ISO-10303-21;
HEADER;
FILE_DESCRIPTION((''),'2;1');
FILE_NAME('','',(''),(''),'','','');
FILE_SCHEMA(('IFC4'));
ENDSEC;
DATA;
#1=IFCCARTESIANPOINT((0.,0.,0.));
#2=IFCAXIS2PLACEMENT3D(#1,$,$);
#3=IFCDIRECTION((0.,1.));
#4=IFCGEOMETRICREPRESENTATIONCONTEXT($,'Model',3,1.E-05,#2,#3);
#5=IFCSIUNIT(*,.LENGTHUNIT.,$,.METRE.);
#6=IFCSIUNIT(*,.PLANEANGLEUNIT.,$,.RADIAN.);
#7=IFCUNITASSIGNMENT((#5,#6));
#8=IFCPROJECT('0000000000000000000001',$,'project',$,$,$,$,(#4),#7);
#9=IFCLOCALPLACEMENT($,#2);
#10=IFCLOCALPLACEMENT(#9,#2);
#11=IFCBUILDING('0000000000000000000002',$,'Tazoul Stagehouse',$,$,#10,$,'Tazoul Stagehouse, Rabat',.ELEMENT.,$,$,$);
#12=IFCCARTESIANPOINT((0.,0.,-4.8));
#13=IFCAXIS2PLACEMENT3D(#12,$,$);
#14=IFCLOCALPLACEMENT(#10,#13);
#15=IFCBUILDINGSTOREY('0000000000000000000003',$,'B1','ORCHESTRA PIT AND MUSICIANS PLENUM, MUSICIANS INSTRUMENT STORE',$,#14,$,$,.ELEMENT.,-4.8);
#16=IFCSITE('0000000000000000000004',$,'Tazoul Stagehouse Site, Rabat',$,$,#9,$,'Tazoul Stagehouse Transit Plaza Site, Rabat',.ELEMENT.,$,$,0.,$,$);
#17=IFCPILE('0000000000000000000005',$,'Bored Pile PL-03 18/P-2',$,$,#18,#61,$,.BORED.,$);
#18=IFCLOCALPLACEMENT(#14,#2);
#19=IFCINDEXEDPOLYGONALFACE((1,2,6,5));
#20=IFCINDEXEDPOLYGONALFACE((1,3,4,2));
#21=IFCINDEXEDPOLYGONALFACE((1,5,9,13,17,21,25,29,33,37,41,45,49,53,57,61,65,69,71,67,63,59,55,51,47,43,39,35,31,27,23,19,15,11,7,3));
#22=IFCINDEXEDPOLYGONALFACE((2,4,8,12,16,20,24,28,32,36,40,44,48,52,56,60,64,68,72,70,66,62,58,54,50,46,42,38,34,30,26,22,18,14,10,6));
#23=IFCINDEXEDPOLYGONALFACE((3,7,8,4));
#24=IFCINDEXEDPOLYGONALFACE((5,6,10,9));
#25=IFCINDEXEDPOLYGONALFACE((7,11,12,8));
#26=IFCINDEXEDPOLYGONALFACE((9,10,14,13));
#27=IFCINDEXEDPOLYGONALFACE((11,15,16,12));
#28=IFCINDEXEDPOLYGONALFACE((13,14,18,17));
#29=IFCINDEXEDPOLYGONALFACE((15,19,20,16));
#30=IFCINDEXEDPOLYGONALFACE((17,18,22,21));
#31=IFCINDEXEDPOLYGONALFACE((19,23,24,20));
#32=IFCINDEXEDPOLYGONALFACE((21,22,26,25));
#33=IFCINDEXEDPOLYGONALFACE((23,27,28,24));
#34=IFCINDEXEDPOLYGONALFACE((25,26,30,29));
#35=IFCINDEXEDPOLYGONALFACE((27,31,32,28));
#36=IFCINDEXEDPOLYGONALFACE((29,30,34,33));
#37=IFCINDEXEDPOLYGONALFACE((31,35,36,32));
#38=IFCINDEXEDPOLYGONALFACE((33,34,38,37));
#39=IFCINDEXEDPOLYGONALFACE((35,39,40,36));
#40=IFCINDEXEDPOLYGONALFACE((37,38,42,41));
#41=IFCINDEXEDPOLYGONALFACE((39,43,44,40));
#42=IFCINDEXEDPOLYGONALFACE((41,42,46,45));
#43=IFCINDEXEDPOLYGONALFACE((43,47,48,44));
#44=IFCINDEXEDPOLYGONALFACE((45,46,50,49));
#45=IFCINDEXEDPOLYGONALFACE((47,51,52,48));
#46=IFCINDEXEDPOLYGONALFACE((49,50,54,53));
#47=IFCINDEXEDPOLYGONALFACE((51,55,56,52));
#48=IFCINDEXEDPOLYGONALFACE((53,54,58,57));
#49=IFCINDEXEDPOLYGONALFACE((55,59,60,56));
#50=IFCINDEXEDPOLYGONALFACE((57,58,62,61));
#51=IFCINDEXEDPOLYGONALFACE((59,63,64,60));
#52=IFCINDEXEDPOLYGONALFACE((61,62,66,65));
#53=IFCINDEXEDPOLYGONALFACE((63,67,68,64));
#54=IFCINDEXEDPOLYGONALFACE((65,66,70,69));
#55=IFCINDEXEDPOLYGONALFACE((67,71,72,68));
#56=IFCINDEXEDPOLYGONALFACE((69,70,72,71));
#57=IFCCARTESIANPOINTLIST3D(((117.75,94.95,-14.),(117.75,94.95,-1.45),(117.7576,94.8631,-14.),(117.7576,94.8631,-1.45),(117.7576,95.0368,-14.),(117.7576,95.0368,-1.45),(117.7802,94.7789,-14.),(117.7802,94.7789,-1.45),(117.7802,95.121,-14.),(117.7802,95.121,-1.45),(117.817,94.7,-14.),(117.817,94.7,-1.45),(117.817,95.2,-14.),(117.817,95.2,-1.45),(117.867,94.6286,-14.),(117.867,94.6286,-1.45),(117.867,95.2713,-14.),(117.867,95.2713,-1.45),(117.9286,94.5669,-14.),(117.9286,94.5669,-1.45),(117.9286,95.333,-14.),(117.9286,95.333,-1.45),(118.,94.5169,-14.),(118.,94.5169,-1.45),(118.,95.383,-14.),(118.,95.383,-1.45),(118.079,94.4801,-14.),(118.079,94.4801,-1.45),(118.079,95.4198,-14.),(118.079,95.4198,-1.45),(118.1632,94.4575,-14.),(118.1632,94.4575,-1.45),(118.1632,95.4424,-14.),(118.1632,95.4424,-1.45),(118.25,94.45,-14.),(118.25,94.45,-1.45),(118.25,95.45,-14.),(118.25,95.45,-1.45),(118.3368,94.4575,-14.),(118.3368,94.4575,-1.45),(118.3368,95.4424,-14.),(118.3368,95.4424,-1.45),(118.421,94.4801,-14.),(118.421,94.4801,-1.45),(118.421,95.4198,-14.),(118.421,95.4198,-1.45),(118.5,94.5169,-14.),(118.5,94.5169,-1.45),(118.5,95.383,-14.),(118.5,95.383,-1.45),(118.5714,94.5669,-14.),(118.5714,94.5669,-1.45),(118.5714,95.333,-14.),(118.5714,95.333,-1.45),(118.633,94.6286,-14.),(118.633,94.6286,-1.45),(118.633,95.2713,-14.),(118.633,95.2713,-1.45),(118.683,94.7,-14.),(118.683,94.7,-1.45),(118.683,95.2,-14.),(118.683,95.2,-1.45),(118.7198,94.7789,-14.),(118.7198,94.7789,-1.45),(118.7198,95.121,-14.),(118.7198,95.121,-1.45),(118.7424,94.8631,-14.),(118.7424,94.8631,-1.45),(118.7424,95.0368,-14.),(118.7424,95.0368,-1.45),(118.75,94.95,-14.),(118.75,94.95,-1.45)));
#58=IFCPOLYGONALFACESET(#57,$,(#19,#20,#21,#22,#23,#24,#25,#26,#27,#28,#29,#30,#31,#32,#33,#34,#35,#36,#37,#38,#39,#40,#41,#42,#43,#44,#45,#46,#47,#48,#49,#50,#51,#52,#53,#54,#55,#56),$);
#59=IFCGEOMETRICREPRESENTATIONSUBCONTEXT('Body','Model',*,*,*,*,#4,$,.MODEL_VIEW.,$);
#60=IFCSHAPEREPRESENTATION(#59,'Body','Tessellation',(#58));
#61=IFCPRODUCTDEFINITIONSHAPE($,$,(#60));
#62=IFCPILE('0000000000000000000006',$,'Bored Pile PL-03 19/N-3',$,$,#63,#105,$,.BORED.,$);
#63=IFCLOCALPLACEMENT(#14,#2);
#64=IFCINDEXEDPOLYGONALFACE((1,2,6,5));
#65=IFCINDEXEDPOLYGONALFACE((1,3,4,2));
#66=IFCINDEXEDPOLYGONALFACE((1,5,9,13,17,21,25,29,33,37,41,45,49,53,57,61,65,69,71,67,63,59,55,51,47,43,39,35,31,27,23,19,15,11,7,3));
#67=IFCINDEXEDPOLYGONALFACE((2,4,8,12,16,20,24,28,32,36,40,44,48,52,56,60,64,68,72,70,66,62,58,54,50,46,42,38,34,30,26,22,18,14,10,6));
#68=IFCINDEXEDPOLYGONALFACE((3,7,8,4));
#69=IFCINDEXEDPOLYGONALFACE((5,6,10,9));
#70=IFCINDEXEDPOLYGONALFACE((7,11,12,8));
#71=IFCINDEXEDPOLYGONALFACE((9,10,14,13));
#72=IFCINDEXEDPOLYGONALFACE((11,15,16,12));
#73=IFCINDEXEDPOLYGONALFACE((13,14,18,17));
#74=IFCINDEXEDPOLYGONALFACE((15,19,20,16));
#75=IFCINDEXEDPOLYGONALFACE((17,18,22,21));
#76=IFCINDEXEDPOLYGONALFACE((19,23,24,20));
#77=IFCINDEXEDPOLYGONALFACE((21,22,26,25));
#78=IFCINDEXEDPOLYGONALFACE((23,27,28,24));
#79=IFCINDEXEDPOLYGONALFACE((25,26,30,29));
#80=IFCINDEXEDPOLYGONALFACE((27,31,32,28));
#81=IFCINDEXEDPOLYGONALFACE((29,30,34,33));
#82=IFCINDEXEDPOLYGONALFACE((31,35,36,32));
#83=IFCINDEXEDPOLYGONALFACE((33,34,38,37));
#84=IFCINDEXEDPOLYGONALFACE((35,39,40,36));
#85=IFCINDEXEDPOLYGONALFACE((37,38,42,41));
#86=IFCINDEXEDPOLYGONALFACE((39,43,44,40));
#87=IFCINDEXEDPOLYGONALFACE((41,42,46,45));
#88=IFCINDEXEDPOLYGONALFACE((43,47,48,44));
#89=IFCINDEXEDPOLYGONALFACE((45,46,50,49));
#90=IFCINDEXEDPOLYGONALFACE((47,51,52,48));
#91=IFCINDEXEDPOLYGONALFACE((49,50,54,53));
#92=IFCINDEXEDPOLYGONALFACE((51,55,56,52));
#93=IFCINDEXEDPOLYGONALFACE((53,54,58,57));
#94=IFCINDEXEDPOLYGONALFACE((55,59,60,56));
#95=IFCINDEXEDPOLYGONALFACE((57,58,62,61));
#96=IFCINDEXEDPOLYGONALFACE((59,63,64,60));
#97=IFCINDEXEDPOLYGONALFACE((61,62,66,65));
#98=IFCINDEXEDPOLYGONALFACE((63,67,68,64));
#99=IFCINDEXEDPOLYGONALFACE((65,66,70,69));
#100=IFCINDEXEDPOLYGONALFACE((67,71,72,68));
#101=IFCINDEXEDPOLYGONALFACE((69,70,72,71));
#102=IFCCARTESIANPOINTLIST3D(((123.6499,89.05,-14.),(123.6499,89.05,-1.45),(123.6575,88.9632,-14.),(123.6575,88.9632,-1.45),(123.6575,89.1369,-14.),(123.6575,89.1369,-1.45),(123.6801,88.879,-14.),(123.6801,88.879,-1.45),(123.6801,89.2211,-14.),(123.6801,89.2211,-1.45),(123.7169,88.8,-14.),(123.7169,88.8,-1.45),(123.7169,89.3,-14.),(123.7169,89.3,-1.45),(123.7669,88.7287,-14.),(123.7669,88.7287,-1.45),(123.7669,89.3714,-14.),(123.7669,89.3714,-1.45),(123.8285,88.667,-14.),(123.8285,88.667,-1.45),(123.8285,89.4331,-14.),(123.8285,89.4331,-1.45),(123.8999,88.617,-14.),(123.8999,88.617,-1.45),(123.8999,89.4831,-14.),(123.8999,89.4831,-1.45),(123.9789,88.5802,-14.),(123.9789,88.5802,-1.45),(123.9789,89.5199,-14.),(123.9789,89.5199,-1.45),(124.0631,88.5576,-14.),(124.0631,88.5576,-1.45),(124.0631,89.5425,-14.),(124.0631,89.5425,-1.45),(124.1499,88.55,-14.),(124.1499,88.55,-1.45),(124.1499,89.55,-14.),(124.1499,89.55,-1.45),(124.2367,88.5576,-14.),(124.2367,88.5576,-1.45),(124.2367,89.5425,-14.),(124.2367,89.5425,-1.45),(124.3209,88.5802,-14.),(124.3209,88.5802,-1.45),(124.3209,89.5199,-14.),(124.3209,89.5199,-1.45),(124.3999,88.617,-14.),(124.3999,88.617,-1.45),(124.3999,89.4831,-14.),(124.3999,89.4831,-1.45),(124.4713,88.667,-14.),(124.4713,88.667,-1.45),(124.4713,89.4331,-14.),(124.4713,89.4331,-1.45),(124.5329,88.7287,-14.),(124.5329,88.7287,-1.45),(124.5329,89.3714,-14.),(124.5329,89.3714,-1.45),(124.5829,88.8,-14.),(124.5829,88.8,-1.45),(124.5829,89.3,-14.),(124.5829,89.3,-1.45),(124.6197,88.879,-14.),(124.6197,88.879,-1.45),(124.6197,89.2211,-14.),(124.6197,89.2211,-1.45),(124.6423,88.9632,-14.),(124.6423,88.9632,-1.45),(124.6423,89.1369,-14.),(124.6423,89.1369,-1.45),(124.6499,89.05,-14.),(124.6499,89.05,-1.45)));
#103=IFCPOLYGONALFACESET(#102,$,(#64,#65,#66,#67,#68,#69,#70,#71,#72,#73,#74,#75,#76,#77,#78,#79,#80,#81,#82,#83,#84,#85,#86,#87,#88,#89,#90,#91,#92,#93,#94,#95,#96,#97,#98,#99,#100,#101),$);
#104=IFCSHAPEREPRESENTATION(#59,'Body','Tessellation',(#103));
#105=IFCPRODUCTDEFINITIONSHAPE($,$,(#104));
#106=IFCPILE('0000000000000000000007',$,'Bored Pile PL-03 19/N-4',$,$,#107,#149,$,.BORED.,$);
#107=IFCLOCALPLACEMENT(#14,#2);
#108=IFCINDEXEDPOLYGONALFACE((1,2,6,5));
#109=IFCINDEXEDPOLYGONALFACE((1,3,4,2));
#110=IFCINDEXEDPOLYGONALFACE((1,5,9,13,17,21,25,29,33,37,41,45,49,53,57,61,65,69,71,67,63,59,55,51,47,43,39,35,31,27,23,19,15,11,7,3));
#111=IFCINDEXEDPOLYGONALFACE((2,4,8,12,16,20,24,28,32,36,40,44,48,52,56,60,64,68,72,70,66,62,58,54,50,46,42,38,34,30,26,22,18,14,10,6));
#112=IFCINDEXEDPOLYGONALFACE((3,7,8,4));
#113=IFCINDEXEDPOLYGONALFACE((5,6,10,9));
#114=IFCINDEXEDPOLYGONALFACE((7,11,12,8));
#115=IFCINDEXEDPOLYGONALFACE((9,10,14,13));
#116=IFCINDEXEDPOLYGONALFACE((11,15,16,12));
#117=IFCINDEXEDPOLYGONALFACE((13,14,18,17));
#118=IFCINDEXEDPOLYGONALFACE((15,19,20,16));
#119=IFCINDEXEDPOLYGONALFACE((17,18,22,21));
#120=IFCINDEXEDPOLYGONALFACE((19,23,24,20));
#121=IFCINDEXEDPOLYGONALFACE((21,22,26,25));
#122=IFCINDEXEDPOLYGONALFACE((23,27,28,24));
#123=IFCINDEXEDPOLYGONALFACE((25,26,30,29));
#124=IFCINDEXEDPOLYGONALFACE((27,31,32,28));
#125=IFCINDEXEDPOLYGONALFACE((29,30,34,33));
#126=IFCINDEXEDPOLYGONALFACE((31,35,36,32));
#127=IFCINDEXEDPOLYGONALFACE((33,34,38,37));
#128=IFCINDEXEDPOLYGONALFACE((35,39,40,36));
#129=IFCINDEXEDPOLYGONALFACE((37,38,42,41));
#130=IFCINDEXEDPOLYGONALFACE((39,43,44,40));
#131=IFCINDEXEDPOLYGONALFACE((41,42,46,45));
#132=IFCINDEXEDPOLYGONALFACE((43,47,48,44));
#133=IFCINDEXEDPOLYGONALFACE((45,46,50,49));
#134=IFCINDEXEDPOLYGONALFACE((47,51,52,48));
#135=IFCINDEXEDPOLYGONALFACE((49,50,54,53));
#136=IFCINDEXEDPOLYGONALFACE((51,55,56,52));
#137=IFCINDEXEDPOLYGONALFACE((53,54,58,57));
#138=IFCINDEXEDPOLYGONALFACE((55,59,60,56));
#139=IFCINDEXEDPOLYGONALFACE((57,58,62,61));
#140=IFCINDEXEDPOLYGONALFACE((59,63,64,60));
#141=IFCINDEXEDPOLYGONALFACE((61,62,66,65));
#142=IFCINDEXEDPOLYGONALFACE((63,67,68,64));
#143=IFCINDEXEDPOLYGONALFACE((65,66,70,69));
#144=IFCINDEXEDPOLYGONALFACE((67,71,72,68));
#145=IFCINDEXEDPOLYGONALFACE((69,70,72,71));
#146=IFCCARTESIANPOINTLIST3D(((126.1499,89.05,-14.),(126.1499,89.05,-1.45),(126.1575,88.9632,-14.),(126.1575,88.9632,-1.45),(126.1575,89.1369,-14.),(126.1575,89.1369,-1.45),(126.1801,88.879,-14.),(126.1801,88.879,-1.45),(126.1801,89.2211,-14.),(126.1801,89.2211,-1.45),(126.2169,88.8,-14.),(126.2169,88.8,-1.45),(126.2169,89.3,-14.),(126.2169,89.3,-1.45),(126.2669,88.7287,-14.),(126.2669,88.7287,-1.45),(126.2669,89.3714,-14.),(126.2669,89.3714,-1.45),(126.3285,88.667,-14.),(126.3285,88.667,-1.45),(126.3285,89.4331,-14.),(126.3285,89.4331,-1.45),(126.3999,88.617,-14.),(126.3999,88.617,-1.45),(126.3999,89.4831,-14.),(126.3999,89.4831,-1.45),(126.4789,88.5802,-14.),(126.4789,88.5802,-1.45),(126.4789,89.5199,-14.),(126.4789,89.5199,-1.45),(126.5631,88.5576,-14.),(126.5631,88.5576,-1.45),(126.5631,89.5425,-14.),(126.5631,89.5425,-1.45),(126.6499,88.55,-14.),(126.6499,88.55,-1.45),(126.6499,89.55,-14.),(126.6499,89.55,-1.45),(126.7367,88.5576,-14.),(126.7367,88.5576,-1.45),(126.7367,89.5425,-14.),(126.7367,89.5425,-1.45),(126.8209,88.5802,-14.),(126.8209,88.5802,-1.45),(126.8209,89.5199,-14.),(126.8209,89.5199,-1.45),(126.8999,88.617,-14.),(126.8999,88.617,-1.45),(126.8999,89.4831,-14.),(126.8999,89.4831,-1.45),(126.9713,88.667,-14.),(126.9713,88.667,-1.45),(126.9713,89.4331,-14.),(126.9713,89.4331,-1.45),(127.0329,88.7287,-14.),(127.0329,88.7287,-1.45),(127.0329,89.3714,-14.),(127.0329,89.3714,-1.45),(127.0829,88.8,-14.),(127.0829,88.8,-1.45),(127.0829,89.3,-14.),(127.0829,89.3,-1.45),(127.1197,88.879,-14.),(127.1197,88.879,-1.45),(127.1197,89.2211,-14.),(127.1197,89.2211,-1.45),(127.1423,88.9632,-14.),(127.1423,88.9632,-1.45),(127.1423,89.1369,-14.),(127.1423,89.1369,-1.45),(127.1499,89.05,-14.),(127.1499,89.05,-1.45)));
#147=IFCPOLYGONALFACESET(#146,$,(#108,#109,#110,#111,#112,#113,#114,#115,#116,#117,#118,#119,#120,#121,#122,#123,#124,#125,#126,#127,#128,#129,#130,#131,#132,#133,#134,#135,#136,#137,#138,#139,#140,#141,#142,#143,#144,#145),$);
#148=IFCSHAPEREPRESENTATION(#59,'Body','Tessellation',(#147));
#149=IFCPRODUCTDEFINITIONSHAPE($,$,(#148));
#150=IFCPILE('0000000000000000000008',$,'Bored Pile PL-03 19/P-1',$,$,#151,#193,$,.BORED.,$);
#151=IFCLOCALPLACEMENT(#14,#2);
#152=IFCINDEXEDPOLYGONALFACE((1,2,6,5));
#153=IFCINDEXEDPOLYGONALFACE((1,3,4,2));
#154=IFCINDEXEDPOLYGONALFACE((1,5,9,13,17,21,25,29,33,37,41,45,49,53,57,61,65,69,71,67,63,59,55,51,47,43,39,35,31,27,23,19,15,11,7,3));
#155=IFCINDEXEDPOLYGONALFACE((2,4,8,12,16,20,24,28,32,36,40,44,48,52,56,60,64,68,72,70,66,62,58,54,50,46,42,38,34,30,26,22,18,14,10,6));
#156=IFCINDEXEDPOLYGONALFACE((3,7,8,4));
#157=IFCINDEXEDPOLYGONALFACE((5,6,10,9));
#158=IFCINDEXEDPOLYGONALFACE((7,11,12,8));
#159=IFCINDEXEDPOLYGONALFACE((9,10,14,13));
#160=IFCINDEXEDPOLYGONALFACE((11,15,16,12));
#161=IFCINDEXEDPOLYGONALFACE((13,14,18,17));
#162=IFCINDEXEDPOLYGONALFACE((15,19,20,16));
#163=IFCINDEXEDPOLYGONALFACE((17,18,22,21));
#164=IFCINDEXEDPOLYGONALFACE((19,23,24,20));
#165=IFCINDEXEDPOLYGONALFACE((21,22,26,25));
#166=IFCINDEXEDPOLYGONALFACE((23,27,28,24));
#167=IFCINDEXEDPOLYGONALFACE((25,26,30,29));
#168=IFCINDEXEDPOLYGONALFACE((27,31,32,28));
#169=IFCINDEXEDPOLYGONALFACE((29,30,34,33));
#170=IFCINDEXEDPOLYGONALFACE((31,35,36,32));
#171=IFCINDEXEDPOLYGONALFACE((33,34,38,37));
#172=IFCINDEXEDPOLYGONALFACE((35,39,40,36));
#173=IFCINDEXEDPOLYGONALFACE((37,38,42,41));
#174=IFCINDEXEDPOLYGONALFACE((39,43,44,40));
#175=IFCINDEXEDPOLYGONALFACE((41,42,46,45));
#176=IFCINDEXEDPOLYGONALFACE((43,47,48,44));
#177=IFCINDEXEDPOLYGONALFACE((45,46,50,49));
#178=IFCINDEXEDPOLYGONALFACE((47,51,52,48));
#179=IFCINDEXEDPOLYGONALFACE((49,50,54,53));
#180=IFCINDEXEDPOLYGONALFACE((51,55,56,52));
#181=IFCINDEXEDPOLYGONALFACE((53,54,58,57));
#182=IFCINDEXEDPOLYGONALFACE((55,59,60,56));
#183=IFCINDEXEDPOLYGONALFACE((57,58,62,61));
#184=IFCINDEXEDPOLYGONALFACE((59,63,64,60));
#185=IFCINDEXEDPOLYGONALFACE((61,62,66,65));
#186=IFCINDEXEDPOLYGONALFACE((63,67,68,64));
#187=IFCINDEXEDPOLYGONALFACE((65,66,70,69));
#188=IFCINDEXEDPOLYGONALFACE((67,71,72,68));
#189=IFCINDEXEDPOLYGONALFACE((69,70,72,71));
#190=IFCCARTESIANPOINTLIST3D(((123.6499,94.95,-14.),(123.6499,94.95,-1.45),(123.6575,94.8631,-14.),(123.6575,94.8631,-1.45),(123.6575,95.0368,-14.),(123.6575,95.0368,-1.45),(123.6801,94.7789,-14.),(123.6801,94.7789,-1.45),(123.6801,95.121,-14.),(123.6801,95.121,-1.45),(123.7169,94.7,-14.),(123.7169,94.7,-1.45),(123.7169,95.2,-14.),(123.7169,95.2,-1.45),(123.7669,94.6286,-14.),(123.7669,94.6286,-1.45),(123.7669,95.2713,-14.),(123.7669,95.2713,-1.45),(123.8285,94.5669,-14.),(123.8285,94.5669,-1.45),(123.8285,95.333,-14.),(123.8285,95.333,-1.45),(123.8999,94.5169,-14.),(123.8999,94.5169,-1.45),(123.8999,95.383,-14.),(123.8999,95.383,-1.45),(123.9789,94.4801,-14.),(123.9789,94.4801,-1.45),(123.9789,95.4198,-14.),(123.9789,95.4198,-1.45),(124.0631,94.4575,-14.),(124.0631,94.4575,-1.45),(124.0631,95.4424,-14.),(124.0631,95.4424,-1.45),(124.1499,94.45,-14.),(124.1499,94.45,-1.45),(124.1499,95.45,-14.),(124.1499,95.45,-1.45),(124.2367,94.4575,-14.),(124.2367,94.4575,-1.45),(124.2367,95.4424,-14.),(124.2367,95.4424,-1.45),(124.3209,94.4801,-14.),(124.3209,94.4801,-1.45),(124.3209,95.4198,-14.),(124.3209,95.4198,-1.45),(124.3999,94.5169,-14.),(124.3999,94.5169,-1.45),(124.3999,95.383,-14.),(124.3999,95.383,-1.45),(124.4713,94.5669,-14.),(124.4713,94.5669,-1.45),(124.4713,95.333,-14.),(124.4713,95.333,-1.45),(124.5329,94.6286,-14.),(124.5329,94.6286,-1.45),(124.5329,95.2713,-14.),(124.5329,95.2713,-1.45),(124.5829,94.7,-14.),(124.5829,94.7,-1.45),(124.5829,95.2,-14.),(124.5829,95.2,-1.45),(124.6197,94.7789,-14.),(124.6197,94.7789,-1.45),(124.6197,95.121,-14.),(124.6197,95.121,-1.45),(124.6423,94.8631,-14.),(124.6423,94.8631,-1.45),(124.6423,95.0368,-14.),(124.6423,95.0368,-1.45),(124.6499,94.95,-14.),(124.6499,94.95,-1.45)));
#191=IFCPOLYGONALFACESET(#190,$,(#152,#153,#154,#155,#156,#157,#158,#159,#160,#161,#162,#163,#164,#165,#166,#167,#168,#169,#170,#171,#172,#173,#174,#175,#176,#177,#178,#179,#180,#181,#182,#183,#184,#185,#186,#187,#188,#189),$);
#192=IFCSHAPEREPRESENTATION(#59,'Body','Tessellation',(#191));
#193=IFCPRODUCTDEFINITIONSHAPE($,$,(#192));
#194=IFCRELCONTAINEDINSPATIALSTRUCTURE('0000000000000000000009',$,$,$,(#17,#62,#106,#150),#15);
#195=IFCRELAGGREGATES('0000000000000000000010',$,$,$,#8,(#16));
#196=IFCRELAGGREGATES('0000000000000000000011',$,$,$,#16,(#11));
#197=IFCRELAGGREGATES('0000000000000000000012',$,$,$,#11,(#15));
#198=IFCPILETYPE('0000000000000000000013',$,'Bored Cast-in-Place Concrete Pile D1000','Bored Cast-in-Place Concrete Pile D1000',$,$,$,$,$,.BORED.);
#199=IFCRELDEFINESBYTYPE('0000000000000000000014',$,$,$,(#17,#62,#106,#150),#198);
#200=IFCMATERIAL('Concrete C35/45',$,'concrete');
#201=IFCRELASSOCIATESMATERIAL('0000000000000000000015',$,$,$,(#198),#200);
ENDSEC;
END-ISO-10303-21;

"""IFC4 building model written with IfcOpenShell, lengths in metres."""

from ifc_helpers import new_model, si_unit, direction, frame, origin, origin_2d, place, context, subcontext, project, spatial, circle, extrude, material, material_profile, profile_set, type_object, element, save


model = new_model("IFC4")

# Units and contexts
model_context = context("Model", 3, precision=1e-05, world=origin(), true_north=direction((0.0, 1.0)))
body_context = subcontext(model_context, "Body", "Model", "MODEL_VIEW")
ifc_project = project(units=[si_unit("LENGTHUNIT", "METRE"), si_unit("PLANEANGLEUNIT", "RADIAN")], contexts=[model_context])

# Site, building, storey
site_placement = place(None, origin())
site = spatial("IfcSite", under=ifc_project, at=site_placement, Name="Tazoul Stagehouse Site, Rabat", LongName="Tazoul Stagehouse Transit Plaza Site, Rabat", CompositionType="ELEMENT", RefElevation=0.0)
building_placement = place(site_placement, origin())
building = spatial("IfcBuilding", under=site, at=building_placement, Name="Tazoul Stagehouse", LongName="Tazoul Stagehouse, Rabat", CompositionType="ELEMENT")
storey_placement = place(building_placement, frame((0.0, 0.0, -4.8)))
storey = spatial("IfcBuildingStorey", under=building, at=storey_placement, Name="B1", Description="ORCHESTRA PIT AND MUSICIANS PLENUM, MUSICIANS INSTRUMENT STORE", CompositionType="ELEMENT", Elevation=-4.8)

# Piles
ifc_material_1 = material(Name="Concrete C35/45", Category="concrete")
ifc_material_profile_1 = material_profile(ifc_material_1, circle(Radius=0.5, at=origin_2d()), Name="BORED PILE 1000")
ifc_profile_set_1 = profile_set([ifc_material_profile_1], Name="Concrete C35/45")
pile_type = type_object("IfcPileType", Name="Bored Cast-in-Place Concrete Pile D1000", Description="Bored Cast-in-Place Concrete Pile D1000", PredefinedType="BORED", material=ifc_profile_set_1)
for number, where, z_axis, x_axis, name in (
    (1, (118.25, 94.95, -1.45), (0.0, 0.0, -1.0), (1.0, 0.0, 0.0), "Bored Pile PL-03 18/P-2"),
    (2, (124.1499, 89.05, -1.45), (0.0, 0.0, -1.0), (1.0, 0.0, 0.0), "Bored Pile PL-03 19/N-3"),
    (3, (126.6499, 89.05, -1.45), (0.0, 0.0, -1.0), (1.0, 0.0, 0.0), "Bored Pile PL-03 19/N-4"),
    (4, (124.1499, 94.95, -1.45), (0.0, 0.0, -1.0), (1.0, 0.0, 0.0), "Bored Pile PL-03 19/P-1"),
):
    element("IfcPile", number, at=place(storey_placement, frame(where, z_axis=z_axis, x_axis=x_axis)), inside=storey, type_object=pile_type, Name=name, PredefinedType="BORED", context=body_context, shape_type="SweptSolid", body=[
        extrude(circle(Radius=0.5, at=origin_2d()), origin(), (0.0, 0.0, 1.0), 12.55),
    ])

save(model, "model.ifc")
